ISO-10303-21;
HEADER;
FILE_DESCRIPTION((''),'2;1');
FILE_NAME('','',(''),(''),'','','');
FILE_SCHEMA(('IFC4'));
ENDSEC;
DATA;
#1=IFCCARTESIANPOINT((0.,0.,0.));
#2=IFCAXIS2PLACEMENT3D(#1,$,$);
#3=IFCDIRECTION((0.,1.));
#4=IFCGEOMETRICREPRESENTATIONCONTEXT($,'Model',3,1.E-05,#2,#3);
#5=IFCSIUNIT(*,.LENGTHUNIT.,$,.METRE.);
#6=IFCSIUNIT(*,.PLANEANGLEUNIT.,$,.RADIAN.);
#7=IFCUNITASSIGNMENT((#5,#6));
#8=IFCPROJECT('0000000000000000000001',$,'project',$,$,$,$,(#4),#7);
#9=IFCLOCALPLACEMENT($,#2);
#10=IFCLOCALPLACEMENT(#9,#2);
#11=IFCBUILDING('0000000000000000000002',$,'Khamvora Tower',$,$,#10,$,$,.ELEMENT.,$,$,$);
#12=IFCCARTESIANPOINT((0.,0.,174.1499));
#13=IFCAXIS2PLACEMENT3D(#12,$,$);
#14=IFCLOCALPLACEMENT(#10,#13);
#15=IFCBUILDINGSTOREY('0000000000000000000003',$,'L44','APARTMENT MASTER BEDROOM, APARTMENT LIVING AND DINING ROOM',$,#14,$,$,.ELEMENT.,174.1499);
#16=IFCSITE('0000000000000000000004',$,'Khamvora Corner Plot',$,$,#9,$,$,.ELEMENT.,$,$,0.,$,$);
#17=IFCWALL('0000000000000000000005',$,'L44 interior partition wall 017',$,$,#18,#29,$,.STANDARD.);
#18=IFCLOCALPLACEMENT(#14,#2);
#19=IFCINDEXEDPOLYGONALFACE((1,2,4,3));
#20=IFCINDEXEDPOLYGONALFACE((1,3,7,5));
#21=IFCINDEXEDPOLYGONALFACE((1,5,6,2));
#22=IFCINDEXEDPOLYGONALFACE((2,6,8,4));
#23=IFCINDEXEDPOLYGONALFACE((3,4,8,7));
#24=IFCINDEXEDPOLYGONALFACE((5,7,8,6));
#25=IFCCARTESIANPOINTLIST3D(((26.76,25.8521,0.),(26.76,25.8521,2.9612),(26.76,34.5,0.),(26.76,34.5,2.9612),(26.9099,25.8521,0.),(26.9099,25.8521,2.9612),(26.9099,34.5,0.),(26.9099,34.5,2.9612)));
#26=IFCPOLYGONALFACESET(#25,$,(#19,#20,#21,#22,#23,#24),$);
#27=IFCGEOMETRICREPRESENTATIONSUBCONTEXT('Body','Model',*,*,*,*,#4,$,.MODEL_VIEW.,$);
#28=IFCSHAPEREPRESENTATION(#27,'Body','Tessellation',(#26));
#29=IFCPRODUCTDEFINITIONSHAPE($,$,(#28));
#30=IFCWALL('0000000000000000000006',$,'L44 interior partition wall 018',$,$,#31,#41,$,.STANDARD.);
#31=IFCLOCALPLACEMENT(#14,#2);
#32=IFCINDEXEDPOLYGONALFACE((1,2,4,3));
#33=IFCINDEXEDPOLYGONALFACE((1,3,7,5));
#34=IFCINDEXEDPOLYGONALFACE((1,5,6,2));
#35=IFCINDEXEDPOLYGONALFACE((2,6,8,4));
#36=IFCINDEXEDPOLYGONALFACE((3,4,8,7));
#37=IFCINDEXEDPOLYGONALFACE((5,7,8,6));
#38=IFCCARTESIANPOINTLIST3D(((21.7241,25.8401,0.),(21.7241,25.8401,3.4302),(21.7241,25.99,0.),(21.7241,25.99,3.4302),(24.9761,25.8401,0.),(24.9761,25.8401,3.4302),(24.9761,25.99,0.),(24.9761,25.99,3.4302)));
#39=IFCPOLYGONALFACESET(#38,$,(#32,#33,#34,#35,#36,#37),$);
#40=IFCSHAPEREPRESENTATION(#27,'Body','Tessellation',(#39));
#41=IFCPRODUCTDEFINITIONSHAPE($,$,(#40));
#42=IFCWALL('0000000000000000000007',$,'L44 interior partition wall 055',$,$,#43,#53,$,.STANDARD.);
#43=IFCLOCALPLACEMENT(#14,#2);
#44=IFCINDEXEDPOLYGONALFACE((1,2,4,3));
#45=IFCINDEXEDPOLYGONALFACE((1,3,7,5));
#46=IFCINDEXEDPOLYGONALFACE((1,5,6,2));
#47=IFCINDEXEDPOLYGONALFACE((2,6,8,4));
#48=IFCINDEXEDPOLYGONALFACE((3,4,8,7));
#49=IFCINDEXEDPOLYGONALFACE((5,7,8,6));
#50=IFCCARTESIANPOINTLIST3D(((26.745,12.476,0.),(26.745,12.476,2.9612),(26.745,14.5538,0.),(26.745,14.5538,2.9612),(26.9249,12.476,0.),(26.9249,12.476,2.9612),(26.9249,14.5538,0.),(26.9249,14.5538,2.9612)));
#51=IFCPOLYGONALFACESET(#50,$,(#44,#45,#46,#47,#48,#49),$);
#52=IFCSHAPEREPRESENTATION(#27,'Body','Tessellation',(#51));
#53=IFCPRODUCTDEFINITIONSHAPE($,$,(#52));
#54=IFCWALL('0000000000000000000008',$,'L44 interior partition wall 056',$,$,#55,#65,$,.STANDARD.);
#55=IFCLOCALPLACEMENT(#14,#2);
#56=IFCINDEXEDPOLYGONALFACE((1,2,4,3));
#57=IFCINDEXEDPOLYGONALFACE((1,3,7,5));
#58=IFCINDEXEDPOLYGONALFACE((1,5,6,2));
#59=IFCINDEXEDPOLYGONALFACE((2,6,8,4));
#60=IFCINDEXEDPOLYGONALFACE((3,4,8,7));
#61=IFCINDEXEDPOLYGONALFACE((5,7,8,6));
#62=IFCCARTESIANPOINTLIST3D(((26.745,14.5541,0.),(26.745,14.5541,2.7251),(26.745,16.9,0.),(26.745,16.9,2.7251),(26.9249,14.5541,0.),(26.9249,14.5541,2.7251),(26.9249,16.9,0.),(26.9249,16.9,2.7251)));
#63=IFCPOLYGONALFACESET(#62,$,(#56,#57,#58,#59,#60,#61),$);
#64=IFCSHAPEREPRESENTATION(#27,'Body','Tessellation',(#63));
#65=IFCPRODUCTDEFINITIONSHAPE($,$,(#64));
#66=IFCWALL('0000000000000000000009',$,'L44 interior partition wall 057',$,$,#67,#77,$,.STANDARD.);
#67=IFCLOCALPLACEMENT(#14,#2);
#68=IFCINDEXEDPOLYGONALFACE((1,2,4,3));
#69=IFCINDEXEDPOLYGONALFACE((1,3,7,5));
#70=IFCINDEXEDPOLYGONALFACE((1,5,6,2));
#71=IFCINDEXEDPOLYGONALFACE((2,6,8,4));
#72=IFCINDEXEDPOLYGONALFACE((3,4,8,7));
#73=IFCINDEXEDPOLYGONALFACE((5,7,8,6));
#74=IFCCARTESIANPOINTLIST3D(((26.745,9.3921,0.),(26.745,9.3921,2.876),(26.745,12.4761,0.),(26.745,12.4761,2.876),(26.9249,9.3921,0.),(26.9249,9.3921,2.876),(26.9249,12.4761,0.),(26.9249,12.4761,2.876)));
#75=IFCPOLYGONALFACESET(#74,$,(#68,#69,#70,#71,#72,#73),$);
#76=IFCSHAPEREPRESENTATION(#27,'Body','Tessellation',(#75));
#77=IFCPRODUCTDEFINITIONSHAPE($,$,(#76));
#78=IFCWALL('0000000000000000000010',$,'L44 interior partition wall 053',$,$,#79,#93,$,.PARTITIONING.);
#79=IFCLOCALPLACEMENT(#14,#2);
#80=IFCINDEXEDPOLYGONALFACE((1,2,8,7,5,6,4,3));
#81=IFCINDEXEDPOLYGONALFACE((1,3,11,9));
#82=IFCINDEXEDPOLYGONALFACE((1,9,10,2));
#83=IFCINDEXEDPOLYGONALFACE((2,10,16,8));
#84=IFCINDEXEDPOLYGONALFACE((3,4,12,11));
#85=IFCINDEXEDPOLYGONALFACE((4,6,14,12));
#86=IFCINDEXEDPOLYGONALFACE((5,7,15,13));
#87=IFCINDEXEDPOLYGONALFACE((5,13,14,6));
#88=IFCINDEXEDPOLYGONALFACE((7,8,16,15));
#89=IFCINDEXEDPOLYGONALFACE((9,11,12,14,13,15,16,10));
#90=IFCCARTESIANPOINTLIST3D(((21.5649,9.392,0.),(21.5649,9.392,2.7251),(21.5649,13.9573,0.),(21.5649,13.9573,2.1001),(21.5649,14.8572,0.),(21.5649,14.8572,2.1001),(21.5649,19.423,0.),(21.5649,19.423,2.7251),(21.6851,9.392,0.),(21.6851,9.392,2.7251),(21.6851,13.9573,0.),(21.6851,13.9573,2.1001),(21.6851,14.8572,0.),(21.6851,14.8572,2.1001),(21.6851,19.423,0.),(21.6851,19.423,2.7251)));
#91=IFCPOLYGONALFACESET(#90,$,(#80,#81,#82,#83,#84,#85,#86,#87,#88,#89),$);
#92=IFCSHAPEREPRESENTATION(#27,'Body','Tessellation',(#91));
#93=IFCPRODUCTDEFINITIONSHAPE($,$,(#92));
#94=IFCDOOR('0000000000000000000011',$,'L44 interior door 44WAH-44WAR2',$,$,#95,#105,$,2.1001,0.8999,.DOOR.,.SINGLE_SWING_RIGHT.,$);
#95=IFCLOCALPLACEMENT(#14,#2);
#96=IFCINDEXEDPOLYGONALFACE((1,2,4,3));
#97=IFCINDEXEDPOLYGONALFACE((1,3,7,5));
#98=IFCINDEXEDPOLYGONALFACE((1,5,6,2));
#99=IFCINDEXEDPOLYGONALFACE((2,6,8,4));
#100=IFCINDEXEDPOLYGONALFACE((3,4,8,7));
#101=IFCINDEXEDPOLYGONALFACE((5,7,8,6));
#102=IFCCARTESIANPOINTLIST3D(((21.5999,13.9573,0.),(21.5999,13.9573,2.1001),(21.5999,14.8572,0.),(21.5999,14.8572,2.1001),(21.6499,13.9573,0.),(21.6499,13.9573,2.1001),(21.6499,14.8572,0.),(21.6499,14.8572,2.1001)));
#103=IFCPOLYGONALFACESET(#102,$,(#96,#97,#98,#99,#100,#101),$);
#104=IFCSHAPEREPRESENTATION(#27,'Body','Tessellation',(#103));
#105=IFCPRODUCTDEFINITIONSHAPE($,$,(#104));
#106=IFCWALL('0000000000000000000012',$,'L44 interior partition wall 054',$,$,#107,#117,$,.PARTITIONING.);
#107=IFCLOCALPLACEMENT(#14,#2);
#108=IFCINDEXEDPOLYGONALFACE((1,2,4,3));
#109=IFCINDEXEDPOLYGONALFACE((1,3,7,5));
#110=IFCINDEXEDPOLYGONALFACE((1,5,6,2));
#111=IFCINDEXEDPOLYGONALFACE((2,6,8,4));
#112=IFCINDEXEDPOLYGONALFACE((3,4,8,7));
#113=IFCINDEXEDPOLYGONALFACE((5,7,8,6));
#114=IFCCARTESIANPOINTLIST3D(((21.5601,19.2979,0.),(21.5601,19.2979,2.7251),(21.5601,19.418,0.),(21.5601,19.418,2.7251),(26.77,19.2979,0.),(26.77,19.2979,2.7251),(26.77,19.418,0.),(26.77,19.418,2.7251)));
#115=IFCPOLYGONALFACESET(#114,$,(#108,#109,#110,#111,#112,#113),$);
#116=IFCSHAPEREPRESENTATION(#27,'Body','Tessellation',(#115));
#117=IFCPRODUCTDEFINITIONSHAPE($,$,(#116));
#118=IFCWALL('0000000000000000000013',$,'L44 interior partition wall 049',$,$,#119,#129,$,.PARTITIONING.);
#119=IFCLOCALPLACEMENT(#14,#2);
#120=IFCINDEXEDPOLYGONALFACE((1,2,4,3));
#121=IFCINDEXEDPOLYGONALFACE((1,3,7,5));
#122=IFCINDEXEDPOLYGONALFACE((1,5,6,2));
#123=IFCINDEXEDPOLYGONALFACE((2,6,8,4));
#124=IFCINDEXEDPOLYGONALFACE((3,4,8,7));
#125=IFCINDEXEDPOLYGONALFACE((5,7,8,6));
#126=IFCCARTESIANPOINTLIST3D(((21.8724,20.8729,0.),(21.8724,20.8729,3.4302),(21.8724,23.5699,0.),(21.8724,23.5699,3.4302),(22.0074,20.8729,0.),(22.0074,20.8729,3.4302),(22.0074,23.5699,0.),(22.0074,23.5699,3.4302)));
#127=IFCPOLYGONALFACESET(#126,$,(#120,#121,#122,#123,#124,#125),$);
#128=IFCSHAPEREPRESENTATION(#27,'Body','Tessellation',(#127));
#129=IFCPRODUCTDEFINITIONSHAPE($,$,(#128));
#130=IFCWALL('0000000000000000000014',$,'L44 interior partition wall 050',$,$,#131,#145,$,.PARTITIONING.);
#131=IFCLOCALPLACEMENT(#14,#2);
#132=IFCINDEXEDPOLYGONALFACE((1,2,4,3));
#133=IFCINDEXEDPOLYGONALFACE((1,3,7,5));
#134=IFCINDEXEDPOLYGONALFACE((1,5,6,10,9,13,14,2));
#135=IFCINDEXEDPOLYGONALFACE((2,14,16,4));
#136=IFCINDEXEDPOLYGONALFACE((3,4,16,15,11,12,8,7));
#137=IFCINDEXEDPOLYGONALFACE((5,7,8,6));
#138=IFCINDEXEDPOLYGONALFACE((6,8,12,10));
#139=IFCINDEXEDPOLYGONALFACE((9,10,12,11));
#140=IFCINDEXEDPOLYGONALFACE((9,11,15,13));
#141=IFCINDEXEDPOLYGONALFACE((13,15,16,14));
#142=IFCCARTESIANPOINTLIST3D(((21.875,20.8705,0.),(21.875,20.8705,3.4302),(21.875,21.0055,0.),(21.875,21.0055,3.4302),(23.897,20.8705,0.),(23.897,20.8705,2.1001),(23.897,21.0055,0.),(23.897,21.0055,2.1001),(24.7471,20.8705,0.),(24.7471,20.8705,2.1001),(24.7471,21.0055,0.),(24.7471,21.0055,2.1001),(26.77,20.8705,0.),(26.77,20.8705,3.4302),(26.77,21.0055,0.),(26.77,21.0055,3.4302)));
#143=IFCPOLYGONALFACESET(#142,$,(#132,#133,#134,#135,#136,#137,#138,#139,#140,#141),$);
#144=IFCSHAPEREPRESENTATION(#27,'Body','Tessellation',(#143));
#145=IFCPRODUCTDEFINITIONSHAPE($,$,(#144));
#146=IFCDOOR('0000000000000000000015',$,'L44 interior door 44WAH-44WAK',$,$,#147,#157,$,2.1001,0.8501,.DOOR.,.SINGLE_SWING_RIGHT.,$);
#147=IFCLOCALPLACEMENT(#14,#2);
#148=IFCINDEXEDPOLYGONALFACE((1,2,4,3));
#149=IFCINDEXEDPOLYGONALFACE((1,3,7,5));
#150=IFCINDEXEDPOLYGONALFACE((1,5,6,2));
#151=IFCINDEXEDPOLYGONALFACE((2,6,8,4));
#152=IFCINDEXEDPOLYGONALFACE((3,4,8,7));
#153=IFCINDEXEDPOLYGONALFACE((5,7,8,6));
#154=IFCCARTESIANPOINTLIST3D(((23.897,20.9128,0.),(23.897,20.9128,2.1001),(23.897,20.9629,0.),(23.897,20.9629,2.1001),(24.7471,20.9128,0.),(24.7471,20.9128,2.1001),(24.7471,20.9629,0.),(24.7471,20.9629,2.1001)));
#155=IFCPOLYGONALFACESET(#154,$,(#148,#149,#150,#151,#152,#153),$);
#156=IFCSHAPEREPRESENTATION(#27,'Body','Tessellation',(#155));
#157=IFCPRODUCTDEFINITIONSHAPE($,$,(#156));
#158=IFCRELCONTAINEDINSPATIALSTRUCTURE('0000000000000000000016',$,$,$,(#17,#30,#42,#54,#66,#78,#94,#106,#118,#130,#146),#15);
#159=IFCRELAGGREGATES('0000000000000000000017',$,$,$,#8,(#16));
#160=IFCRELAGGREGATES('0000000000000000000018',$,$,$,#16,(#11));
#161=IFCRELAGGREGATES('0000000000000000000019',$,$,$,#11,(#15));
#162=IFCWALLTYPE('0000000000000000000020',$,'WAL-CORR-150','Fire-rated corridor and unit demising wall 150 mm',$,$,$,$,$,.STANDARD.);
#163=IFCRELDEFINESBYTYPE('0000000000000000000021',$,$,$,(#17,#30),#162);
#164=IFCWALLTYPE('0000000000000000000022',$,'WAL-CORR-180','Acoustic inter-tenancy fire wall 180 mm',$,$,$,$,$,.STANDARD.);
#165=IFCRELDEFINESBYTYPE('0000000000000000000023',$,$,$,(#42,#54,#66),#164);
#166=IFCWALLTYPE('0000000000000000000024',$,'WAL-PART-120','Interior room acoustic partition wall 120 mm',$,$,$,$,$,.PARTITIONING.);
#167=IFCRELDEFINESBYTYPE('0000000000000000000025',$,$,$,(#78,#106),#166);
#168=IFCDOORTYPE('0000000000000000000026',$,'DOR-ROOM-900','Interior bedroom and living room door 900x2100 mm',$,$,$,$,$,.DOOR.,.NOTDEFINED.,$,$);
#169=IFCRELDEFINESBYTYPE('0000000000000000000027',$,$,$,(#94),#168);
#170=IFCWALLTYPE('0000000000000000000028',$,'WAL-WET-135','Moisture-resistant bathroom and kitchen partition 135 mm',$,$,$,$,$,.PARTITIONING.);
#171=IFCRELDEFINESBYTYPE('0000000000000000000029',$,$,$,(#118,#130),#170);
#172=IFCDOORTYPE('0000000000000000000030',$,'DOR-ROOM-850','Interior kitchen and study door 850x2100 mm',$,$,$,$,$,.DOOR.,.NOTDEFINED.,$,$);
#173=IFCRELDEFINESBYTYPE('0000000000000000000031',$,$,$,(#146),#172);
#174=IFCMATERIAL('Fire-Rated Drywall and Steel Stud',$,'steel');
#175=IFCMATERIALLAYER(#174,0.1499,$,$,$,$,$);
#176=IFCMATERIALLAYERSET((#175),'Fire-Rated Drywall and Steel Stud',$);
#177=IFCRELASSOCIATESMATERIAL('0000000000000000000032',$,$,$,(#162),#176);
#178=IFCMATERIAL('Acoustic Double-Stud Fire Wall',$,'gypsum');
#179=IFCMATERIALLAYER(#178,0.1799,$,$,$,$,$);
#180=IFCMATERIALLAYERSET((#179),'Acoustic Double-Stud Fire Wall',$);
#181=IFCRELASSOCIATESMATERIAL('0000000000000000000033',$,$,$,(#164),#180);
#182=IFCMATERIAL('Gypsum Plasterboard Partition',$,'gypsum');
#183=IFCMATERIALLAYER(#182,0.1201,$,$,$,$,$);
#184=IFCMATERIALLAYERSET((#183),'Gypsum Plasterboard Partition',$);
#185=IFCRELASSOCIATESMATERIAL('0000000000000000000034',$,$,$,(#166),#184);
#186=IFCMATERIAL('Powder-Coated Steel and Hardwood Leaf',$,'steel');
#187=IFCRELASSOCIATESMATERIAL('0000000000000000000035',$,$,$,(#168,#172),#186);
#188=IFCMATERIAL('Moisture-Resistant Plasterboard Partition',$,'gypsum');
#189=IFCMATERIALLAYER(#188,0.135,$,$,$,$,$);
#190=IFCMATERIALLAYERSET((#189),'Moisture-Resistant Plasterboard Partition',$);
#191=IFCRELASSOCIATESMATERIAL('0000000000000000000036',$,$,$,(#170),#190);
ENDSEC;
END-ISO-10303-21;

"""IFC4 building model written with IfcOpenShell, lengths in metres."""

from ifc_helpers import new_model, si_unit, direction, frame, frame_2d, origin, place, context, subcontext, project, spatial, rectangle, extrude, material, layer, layer_set, type_object, element, fill, save


model = new_model("IFC4")

# Units and contexts
model_context = context("Model", 3, precision=1e-05, world=origin(), true_north=direction((0.0, 1.0)))
body_context = subcontext(model_context, "Body", "Model", "MODEL_VIEW")
ifc_project = project(units=[si_unit("LENGTHUNIT", "METRE"), si_unit("PLANEANGLEUNIT", "RADIAN")], contexts=[model_context])

# Site, building, storey
site_placement = place(None, origin())
site = spatial("IfcSite", under=ifc_project, at=site_placement, Name="Khamvora Corner Plot", CompositionType="ELEMENT", RefElevation=0.0)
building_placement = place(site_placement, origin())
building = spatial("IfcBuilding", under=site, at=building_placement, Name="Khamvora Tower", CompositionType="ELEMENT")
storey_placement = place(building_placement, frame((0.0, 0.0, 174.1499)))
storey = spatial("IfcBuildingStorey", under=building, at=storey_placement, Name="L44", Description="APARTMENT MASTER BEDROOM, APARTMENT LIVING AND DINING ROOM", CompositionType="ELEMENT", Elevation=174.1499)

# Shared definitions
ifc_material_1 = material(Name="Fire-Rated Drywall and Steel Stud", Category="steel")
ifc_layer_1 = layer(ifc_material_1, 0.1499)
ifc_layer_set_1 = layer_set([ifc_layer_1], Name="Fire-Rated Drywall and Steel Stud")
wall_type_1 = type_object("IfcWallType", Name="WAL-CORR-150", Description="Fire-rated corridor and unit demising wall 150 mm", PredefinedType="STANDARD", material=ifc_layer_set_1)

# Shared definitions
ifc_material_2 = material(Name="Powder-Coated Steel and Hardwood Leaf", Category="steel")

# Walls
wall_1_placement = place(storey_placement, frame((26.835, 25.8521, 0.0), z_axis=(0.0, 0.0, 1.0), x_axis=(0.0, 1.0, 0.0)))
element("IfcWall", 1, at=wall_1_placement, inside=storey, type_object=wall_type_1, Name="L44 interior partition wall 017", PredefinedType="STANDARD", context=body_context, shape_type="SweptSolid", body=[
    extrude(rectangle(XDim=8.6479, YDim=0.1499, at=frame_2d((4.324, 0.0))), origin(), (0.0, 0.0, 1.0), 2.9612),
])
wall_2_placement = place(storey_placement, frame((21.7241, 25.915, 0.0), z_axis=(0.0, 0.0, 1.0), x_axis=(1.0, 0.0, 0.0)))
element("IfcWall", 2, at=wall_2_placement, inside=storey, type_object=wall_type_1, Name="L44 interior partition wall 018", PredefinedType="STANDARD", context=body_context, shape_type="SweptSolid", body=[
    extrude(rectangle(XDim=3.252, YDim=0.1499, at=frame_2d((1.626, 0.0))), origin(), (0.0, 0.0, 1.0), 3.4302),
])
ifc_material_3 = material(Name="Acoustic Double-Stud Fire Wall", Category="gypsum")
ifc_layer_2 = layer(ifc_material_3, 0.1799)
ifc_layer_set_2 = layer_set([ifc_layer_2], Name="Acoustic Double-Stud Fire Wall")
wall_type_2 = type_object("IfcWallType", Name="WAL-CORR-180", Description="Acoustic inter-tenancy fire wall 180 mm", PredefinedType="STANDARD", material=ifc_layer_set_2)
wall_3_placement = place(storey_placement, frame((26.835, 14.554, 0.0), z_axis=(0.0, 0.0, 1.0), x_axis=(0.0, -1.0, 0.0)))
element("IfcWall", 3, at=wall_3_placement, inside=storey, type_object=wall_type_2, Name="L44 interior partition wall 055", PredefinedType="STANDARD", context=body_context, shape_type="SweptSolid", body=[
    extrude(rectangle(XDim=2.0779, YDim=0.1799, at=frame_2d((1.0391, 0.0))), origin(), (0.0, 0.0, 1.0), 2.9612),
])
wall_4_placement = place(storey_placement, frame((26.835, 16.8999, 0.0), z_axis=(0.0, 0.0, 1.0), x_axis=(0.0, -1.0, 0.0)))
element("IfcWall", 4, at=wall_4_placement, inside=storey, type_object=wall_type_2, Name="L44 interior partition wall 056", PredefinedType="STANDARD", context=body_context, shape_type="SweptSolid", body=[
    extrude(rectangle(XDim=2.3459, YDim=0.1799, at=frame_2d((1.1729, 0.0))), origin(), (0.0, 0.0, 1.0), 2.7251),
])
wall_5_placement = place(storey_placement, frame((26.835, 12.4761, 0.0), z_axis=(0.0, 0.0, 1.0), x_axis=(0.0, -1.0, 0.0)))
element("IfcWall", 5, at=wall_5_placement, inside=storey, type_object=wall_type_2, Name="L44 interior partition wall 057", PredefinedType="STANDARD", context=body_context, shape_type="SweptSolid", body=[
    extrude(rectangle(XDim=3.084, YDim=0.1799, at=frame_2d((1.542, 0.0))), origin(), (0.0, 0.0, 1.0), 2.876),
])

# Wall, opening, door
ifc_material_4 = material(Name="Gypsum Plasterboard Partition", Category="gypsum")
ifc_layer_3 = layer(ifc_material_4, 0.1201)
ifc_layer_set_3 = layer_set([ifc_layer_3], Name="Gypsum Plasterboard Partition")
wall_type_3 = type_object("IfcWallType", Name="WAL-PART-120", Description="Interior room acoustic partition wall 120 mm", PredefinedType="PARTITIONING", material=ifc_layer_set_3)
wall_6_placement = place(storey_placement, frame((21.625, 19.4231, 0.0), z_axis=(0.0, 0.0, 1.0), x_axis=(0.0, -1.0, 0.0)))
wall_6 = element("IfcWall", 6, at=wall_6_placement, inside=storey, type_object=wall_type_3, Name="L44 interior partition wall 053", PredefinedType="PARTITIONING", context=body_context, shape_type="SweptSolid", body=[
    extrude(rectangle(XDim=10.031, YDim=0.1201, at=frame_2d((5.0156, 0.0))), origin(), (0.0, 0.0, 1.0), 2.7251),
])
opening_1_placement = place(wall_6_placement, frame((4.5659, 0.0, 0.0)))
opening_1 = element("IfcOpeningElement", 7, at=opening_1_placement, cuts=wall_6, PredefinedType="OPENING", context=body_context, shape_type="SweptSolid", body=[
    extrude(rectangle(XDim=0.8999, YDim=2.1001, at=frame_2d((0.45, 1.05))), frame((0.0, 0.0701, 0.0), z_axis=(0.0, -1.0, 0.0), x_axis=(1.0, 0.0, 0.0)), (0.0, 0.0, 1.0), 0.1401),
])
door_type_1 = type_object("IfcDoorType", Name="DOR-ROOM-900", Description="Interior bedroom and living room door 900x2100 mm", OperationType="NOTDEFINED", PredefinedType="DOOR", material=ifc_material_2)
door_1_placement = place(opening_1_placement, origin())
door_1 = element("IfcDoor", 8, at=door_1_placement, inside=storey, type_object=door_type_1, Name="L44 interior door 44WAH-44WAR2", OperationType="SINGLE_SWING_RIGHT", OverallHeight=2.1001, OverallWidth=0.8999, PredefinedType="DOOR", context=body_context, shape_type="SweptSolid", body=[
    extrude(rectangle(XDim=0.8999, YDim=2.1001, at=frame_2d((0.45, 1.05))), frame((0.0, 0.0249, 0.0), z_axis=(0.0, -1.0, 0.0), x_axis=(1.0, 0.0, 0.0)), (0.0, 0.0, 1.0), 0.05),
])
fill(opening_1, door_1)

# Walls
wall_7_placement = place(storey_placement, frame((26.77, 19.3579, 0.0), z_axis=(0.0, 0.0, 1.0), x_axis=(-1.0, 0.0, 0.0)))
element("IfcWall", 9, at=wall_7_placement, inside=storey, type_object=wall_type_3, Name="L44 interior partition wall 054", PredefinedType="PARTITIONING", context=body_context, shape_type="SweptSolid", body=[
    extrude(rectangle(XDim=5.21, YDim=0.1201, at=frame_2d((2.605, 0.0))), origin(), (0.0, 0.0, 1.0), 2.7251),
])
ifc_material_5 = material(Name="Moisture-Resistant Plasterboard Partition", Category="gypsum")
ifc_layer_4 = layer(ifc_material_5, 0.135)
ifc_layer_set_4 = layer_set([ifc_layer_4], Name="Moisture-Resistant Plasterboard Partition")
wall_type_4 = type_object("IfcWallType", Name="WAL-WET-135", Description="Moisture-resistant bathroom and kitchen partition 135 mm", PredefinedType="PARTITIONING", material=ifc_layer_set_4)
wall_8_placement = place(storey_placement, frame((21.9399, 23.5701, 0.0), z_axis=(0.0, 0.0, 1.0), x_axis=(0.0, -1.0, 0.0)))
element("IfcWall", 10, at=wall_8_placement, inside=storey, type_object=wall_type_4, Name="L44 interior partition wall 049", PredefinedType="PARTITIONING", context=body_context, shape_type="SweptSolid", body=[
    extrude(rectangle(XDim=2.697, YDim=0.135, at=frame_2d((1.3486, 0.0))), origin(), (0.0, 0.0, 1.0), 3.4302),
])

# Wall, opening, door
wall_9_placement = place(storey_placement, frame((21.875, 20.938, 0.0), z_axis=(0.0, 0.0, 1.0), x_axis=(1.0, 0.0, 0.0)))
wall_9 = element("IfcWall", 11, at=wall_9_placement, inside=storey, type_object=wall_type_4, Name="L44 interior partition wall 050", PredefinedType="PARTITIONING", context=body_context, shape_type="SweptSolid", body=[
    extrude(rectangle(XDim=4.895, YDim=0.135, at=frame_2d((2.4475, 0.0))), origin(), (0.0, 0.0, 1.0), 3.4302),
])
opening_2_placement = place(wall_9_placement, frame((2.022, 0.0, 0.0)))
opening_2 = element("IfcOpeningElement", 12, at=opening_2_placement, cuts=wall_9, PredefinedType="OPENING", context=body_context, shape_type="SweptSolid", body=[
    extrude(rectangle(XDim=0.8501, YDim=2.1001, at=frame_2d((0.425, 1.05))), frame((0.0, 0.0774, 0.0), z_axis=(0.0, -1.0, 0.0), x_axis=(1.0, 0.0, 0.0)), (0.0, 0.0, 1.0), 0.155),
])
door_type_2 = type_object("IfcDoorType", Name="DOR-ROOM-850", Description="Interior kitchen and study door 850x2100 mm", OperationType="NOTDEFINED", PredefinedType="DOOR", material=ifc_material_2)
door_2_placement = place(opening_2_placement, origin())
door_2 = element("IfcDoor", 13, at=door_2_placement, inside=storey, type_object=door_type_2, Name="L44 interior door 44WAH-44WAK", OperationType="SINGLE_SWING_RIGHT", OverallHeight=2.1001, OverallWidth=0.8501, PredefinedType="DOOR", context=body_context, shape_type="SweptSolid", body=[
    extrude(rectangle(XDim=0.8501, YDim=2.1001, at=frame_2d((0.425, 1.05))), frame((0.0, 0.0249, 0.0), z_axis=(0.0, -1.0, 0.0), x_axis=(1.0, 0.0, 0.0)), (0.0, 0.0, 1.0), 0.05),
])
fill(opening_2, door_2)

save(model, "model.ifc")
